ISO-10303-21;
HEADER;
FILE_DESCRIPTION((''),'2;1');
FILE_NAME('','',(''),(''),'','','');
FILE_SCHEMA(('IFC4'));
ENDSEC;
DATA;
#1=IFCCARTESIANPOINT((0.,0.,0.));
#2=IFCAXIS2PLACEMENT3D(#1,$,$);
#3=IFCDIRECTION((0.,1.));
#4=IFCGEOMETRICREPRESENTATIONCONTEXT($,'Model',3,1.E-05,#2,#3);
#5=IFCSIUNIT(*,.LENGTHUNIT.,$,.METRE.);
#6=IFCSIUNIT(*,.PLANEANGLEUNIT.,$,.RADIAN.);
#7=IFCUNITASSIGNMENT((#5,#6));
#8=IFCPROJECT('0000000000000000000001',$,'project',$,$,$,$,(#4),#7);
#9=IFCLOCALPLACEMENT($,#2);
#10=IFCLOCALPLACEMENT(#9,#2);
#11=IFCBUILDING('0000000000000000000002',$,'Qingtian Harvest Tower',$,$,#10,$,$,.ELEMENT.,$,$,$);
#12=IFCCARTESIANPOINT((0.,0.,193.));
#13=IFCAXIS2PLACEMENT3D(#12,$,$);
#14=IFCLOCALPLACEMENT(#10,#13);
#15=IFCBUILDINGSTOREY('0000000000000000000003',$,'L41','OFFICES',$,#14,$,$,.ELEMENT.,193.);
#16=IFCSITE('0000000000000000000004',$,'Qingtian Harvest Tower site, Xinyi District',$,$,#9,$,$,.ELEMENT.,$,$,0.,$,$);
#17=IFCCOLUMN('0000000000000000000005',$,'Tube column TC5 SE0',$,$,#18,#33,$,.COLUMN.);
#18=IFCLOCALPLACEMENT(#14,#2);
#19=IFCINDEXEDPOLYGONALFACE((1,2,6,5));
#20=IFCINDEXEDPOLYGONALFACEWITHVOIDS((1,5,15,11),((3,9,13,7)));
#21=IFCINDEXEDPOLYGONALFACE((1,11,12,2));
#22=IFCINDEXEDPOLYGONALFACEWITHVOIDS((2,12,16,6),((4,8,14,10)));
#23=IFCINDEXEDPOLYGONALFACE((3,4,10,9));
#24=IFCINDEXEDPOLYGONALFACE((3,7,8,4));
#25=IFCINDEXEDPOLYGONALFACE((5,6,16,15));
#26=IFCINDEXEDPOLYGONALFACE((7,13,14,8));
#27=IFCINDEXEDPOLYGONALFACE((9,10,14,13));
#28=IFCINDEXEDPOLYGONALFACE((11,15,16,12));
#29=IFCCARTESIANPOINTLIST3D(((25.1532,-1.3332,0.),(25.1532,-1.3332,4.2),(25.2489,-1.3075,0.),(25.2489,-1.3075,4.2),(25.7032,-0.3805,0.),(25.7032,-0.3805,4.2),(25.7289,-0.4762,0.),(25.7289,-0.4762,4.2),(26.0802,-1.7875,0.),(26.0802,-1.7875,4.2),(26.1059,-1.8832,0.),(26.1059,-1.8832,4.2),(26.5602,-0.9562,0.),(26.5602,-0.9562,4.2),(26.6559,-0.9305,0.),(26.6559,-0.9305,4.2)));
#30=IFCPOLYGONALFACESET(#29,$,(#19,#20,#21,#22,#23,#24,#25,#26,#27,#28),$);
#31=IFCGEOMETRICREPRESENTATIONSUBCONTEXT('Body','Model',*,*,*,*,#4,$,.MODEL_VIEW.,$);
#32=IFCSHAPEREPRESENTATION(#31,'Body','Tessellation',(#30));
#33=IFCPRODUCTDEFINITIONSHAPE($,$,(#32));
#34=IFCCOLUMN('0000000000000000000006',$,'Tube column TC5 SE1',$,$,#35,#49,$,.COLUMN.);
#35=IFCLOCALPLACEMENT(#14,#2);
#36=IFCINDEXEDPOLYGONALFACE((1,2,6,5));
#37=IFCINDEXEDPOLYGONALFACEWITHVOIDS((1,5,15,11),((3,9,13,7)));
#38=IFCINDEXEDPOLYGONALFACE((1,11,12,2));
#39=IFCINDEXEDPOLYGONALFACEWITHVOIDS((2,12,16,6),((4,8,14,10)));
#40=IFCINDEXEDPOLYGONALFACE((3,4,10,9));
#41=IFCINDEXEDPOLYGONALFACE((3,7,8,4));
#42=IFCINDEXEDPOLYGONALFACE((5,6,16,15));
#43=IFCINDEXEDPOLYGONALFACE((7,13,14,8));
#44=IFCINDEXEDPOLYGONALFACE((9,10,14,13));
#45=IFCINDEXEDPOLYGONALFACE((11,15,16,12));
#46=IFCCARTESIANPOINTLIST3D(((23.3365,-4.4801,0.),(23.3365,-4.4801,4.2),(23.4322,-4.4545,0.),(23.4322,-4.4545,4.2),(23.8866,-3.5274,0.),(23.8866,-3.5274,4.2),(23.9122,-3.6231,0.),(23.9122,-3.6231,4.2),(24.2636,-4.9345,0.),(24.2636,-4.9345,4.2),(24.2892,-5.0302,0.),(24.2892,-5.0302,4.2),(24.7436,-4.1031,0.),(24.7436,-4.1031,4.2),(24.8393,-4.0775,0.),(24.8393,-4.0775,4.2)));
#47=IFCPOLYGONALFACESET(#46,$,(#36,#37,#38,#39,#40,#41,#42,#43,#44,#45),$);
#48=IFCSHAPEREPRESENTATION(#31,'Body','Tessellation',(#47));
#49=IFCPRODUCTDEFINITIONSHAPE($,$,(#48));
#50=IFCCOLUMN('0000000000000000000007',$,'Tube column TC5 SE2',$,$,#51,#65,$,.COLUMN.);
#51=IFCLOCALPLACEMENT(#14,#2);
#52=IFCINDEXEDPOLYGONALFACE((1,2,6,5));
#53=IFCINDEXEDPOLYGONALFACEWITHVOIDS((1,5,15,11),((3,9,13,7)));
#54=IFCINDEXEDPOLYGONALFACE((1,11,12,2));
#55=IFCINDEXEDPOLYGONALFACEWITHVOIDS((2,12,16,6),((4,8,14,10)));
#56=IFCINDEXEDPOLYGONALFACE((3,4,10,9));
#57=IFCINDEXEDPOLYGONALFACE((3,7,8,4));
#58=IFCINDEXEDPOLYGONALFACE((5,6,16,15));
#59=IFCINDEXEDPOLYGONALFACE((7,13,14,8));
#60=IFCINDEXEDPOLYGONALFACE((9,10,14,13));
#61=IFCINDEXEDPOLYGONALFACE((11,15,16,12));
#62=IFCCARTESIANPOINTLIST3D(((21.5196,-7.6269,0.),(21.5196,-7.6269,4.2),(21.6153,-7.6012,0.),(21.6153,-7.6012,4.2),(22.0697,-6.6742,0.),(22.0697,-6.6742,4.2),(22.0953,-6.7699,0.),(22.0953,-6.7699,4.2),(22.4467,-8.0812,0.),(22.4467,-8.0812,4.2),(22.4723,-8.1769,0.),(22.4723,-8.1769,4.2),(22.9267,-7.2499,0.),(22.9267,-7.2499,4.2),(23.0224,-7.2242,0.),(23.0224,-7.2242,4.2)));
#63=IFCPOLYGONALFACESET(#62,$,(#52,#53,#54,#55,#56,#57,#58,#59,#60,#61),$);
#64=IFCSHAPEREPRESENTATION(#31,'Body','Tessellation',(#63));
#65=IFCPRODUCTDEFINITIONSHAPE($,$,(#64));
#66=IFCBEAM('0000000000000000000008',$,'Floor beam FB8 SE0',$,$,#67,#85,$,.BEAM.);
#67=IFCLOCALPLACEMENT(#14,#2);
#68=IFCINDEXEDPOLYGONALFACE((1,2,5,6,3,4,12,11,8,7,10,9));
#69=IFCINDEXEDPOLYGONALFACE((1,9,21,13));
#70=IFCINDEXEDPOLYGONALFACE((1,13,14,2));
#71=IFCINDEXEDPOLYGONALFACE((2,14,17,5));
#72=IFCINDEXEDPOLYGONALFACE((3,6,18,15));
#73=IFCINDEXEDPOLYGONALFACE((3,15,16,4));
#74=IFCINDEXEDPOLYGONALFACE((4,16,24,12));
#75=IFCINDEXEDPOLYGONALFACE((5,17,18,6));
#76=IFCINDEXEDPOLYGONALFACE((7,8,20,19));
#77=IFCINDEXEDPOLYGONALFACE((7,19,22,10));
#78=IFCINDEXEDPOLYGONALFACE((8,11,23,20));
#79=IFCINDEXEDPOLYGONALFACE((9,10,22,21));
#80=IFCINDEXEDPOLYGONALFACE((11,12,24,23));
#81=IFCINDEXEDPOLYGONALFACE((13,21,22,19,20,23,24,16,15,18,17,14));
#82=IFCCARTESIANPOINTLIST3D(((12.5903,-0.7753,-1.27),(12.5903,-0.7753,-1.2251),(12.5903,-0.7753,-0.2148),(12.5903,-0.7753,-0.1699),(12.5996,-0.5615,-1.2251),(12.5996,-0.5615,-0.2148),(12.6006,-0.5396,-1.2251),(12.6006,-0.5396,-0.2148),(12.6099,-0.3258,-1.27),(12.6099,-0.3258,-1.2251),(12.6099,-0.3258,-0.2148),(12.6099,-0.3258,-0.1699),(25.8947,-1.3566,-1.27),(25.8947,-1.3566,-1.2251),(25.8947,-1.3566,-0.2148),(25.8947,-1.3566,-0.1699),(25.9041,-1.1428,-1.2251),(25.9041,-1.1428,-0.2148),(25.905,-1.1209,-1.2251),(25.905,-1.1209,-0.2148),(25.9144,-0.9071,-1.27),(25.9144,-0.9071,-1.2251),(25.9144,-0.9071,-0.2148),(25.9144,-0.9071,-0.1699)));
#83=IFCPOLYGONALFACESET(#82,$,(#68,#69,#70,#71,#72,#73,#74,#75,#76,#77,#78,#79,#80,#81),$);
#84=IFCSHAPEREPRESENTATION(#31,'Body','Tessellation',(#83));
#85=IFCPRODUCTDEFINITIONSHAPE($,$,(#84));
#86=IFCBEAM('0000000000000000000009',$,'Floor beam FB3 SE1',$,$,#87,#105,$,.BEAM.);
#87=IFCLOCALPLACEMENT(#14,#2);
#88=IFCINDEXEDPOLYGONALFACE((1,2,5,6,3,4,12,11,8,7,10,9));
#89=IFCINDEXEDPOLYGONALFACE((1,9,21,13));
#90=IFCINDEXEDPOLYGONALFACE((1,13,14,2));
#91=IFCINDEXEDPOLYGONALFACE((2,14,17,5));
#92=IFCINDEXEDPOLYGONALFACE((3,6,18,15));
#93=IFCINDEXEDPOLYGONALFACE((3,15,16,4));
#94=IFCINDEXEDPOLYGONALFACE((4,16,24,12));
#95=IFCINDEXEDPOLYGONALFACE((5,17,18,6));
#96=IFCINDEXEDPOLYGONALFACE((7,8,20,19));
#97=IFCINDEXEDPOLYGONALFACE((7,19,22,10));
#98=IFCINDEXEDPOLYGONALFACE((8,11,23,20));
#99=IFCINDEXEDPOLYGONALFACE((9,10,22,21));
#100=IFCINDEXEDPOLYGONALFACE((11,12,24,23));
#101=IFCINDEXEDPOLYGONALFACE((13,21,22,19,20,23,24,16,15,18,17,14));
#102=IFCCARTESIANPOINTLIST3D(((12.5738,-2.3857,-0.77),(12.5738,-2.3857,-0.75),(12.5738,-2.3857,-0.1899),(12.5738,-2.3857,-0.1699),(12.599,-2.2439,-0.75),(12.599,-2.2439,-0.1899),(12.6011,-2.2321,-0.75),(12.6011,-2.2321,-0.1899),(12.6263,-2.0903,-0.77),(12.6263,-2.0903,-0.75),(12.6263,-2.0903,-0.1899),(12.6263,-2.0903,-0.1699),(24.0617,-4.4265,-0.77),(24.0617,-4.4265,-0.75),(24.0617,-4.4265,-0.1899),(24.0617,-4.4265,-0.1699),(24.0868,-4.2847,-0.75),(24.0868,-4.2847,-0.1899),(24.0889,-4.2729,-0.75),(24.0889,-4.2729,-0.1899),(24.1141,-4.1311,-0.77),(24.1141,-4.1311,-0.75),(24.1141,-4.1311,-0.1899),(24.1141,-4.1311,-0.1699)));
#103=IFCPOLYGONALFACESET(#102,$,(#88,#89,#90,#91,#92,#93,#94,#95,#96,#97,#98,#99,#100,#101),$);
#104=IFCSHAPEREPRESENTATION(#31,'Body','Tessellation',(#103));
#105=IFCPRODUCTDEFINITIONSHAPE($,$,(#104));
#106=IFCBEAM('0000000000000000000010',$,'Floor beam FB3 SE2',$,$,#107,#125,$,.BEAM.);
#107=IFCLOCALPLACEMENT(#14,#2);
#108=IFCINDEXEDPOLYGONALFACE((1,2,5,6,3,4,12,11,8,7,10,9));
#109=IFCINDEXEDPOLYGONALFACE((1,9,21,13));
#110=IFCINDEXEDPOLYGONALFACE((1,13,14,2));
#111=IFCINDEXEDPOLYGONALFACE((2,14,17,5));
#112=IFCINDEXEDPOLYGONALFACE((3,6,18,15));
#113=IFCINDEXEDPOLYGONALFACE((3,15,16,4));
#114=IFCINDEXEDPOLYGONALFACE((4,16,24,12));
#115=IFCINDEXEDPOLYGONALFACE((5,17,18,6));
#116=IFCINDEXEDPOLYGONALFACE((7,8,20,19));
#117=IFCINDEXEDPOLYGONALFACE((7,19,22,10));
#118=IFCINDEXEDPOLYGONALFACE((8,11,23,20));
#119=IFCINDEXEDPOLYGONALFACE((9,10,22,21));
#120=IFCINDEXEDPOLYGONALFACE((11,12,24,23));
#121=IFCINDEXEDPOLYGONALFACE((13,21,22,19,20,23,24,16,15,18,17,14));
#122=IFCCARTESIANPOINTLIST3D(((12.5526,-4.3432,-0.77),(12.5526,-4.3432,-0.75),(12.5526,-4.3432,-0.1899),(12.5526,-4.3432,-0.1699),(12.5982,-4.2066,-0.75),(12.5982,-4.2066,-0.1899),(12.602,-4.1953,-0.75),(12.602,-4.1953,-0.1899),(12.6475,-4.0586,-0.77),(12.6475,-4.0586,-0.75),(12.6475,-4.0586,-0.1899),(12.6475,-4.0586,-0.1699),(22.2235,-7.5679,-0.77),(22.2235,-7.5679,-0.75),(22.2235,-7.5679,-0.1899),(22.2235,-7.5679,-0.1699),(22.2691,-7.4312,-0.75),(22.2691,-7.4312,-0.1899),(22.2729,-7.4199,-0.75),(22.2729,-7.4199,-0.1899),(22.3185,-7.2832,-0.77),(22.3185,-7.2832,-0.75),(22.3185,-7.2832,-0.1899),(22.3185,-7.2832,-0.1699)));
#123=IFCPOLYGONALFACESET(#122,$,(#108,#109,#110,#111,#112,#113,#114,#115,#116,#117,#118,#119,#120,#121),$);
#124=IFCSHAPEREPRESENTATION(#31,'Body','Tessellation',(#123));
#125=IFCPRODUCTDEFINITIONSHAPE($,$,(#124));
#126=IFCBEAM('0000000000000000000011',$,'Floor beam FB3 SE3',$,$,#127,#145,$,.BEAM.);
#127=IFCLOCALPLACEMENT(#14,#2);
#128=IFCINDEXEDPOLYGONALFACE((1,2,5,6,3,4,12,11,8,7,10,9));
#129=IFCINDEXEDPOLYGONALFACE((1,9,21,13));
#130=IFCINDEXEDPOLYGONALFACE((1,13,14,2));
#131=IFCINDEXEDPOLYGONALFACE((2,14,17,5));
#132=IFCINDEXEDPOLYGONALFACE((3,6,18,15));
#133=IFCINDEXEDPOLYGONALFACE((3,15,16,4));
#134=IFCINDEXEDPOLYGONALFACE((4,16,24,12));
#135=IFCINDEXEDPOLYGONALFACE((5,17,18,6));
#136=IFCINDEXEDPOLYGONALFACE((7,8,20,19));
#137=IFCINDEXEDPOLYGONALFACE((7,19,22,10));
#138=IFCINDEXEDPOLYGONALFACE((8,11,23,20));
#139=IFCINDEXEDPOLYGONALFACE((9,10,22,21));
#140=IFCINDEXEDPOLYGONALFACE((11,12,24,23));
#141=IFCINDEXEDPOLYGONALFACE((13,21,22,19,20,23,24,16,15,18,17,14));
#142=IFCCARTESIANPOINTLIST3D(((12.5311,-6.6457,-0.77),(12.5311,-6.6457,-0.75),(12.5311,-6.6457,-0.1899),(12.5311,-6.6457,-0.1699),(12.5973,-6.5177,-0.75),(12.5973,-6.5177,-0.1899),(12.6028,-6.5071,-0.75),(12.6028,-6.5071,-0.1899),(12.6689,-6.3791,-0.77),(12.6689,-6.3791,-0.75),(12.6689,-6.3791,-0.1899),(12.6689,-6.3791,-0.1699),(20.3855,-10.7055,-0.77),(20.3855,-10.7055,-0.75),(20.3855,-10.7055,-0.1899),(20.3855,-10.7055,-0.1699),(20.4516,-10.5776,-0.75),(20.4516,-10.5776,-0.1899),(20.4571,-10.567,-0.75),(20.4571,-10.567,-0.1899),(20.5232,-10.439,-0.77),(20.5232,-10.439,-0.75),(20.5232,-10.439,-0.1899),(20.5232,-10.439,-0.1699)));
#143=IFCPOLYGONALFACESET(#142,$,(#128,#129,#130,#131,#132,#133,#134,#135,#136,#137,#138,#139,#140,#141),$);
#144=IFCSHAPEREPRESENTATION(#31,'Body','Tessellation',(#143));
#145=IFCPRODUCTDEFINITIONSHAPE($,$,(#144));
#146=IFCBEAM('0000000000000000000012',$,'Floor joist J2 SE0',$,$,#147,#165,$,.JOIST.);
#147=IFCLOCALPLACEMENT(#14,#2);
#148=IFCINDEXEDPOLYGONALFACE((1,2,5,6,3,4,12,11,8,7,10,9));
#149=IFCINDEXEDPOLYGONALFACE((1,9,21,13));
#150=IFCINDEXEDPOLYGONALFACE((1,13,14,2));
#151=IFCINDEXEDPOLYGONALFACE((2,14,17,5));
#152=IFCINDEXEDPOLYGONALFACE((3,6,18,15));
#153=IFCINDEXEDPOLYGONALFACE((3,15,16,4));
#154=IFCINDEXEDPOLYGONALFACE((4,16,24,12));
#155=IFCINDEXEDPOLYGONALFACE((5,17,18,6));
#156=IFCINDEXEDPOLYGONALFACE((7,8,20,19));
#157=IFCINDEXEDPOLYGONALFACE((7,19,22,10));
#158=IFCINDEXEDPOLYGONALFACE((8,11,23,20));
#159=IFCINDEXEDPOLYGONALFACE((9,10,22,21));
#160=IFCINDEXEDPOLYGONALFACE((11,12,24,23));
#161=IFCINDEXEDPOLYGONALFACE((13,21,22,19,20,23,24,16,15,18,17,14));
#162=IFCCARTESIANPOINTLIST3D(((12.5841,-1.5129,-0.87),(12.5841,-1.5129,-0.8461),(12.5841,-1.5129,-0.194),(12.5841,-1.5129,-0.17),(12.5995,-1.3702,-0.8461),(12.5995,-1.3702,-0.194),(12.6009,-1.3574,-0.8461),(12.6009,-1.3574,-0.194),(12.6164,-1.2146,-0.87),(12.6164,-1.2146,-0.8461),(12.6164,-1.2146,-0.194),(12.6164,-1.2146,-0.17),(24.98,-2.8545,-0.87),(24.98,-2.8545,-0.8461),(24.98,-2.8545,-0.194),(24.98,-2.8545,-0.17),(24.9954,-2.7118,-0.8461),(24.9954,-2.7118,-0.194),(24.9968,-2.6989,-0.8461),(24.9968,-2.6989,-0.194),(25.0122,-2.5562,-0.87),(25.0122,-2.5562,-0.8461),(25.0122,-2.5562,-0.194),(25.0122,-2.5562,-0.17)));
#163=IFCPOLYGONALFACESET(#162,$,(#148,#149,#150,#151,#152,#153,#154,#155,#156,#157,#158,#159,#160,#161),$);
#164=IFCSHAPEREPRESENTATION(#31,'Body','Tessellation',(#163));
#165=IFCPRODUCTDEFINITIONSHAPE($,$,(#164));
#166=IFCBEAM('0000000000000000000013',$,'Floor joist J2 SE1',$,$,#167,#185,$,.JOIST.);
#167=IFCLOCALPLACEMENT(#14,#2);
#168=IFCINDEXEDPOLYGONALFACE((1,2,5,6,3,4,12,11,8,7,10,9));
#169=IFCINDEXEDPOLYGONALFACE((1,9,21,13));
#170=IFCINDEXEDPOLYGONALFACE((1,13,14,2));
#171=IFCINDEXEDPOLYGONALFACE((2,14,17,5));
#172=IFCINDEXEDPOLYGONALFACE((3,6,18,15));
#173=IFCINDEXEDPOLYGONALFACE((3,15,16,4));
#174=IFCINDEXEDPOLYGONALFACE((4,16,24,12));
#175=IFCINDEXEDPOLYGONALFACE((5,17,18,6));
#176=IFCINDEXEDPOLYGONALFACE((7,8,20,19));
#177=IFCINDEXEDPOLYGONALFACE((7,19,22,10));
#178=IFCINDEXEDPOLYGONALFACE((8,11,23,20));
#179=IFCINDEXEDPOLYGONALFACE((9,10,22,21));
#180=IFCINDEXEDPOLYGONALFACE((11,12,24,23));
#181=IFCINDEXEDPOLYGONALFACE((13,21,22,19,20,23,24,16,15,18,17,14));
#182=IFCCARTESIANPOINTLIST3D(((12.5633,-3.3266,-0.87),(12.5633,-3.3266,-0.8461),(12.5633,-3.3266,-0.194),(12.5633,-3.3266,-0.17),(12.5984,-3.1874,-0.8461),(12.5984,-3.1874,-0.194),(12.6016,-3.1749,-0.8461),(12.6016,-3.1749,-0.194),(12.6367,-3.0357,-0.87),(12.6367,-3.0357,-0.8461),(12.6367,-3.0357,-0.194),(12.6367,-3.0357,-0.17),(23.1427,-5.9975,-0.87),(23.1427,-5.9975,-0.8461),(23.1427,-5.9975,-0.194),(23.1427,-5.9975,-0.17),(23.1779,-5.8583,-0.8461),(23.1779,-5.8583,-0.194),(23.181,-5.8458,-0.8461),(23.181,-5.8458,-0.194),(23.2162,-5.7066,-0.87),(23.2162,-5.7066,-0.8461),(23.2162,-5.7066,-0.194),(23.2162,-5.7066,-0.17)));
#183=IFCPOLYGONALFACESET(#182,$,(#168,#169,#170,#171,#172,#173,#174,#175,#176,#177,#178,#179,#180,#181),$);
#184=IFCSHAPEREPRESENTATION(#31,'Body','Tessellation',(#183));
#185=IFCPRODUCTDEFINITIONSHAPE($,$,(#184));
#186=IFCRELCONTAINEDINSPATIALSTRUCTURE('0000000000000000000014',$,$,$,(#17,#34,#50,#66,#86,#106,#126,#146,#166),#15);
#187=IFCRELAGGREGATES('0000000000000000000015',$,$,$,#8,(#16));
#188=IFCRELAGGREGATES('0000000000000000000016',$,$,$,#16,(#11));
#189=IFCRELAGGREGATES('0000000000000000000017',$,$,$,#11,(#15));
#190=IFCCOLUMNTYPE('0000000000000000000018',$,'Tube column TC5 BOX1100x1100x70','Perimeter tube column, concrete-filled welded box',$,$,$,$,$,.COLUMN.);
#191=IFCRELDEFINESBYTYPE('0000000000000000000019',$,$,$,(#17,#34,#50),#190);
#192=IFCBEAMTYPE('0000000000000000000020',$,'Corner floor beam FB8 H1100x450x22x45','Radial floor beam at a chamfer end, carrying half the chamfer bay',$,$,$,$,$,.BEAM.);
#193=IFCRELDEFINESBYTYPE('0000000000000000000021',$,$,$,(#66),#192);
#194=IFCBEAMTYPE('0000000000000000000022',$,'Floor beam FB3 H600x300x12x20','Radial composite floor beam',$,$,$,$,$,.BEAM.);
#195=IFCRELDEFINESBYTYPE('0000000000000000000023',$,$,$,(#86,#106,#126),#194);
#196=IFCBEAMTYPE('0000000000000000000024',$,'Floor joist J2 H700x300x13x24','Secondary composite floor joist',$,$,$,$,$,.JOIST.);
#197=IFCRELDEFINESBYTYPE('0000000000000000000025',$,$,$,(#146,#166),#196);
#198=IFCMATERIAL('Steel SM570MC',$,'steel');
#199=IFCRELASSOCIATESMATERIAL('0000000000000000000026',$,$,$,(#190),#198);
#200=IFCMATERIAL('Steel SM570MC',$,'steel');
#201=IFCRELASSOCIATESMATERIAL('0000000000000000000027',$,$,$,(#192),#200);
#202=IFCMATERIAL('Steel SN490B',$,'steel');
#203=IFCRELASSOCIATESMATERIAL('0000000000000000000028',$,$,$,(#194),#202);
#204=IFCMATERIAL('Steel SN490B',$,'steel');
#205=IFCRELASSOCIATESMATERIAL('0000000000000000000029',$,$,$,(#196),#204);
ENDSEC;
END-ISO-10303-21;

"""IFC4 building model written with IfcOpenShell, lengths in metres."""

from ifc_helpers import new_model, si_unit, direction, frame, origin, origin_2d, place, context, subcontext, project, spatial, hollow_rectangle, i_section, extrude, material, material_profile, profile_set, type_object, element, save


model = new_model("IFC4")

# Units and contexts
model_context = context("Model", 3, precision=1e-05, world=origin(), true_north=direction((0.0, 1.0)))
body_context = subcontext(model_context, "Body", "Model", "MODEL_VIEW")
ifc_project = project(units=[si_unit("LENGTHUNIT", "METRE"), si_unit("PLANEANGLEUNIT", "RADIAN")], contexts=[model_context])

# Site, building, storey
site_placement = place(None, origin())
site = spatial("IfcSite", under=ifc_project, at=site_placement, Name="Qingtian Harvest Tower site, Xinyi District", CompositionType="ELEMENT", RefElevation=0.0)
building_placement = place(site_placement, origin())
building = spatial("IfcBuilding", under=site, at=building_placement, Name="Qingtian Harvest Tower", CompositionType="ELEMENT")
storey_placement = place(building_placement, frame((0.0, 0.0, 193.0)))
storey = spatial("IfcBuildingStorey", under=building, at=storey_placement, Name="L41", Description="OFFICES", CompositionType="ELEMENT", Elevation=193.0)

# Columns
ifc_material_1 = material(Name="Steel SM570MC", Category="steel")
ifc_material_profile_1 = material_profile(ifc_material_1, hollow_rectangle(XDim=1.1001, YDim=1.1001, WallThickness=0.0701, at=origin_2d()), Name="BOX1100x1100x70")
ifc_profile_set_1 = profile_set([ifc_material_profile_1], Name="Steel SM570MC")
column_type = type_object("IfcColumnType", Name="Tube column TC5 BOX1100x1100x70", Description="Perimeter tube column, concrete-filled welded box", PredefinedType="COLUMN", material=ifc_profile_set_1)
for number, where, z_axis, x_axis, name in (
    (1, (25.9045, -1.1318, 0.0), (0.0, 0.0, 1.0), (0.5, 0.866025, 0.0), "Tube column TC5 SE0"),
    (2, (24.0879, -4.2788, 0.0), (0.0, 0.0, 1.0), (0.5, 0.866025, 0.0), "Tube column TC5 SE1"),
    (3, (22.271, -7.4255, 0.0), (0.0, 0.0, 1.0), (0.5, 0.866025, 0.0), "Tube column TC5 SE2"),
):
    element("IfcColumn", number, at=place(storey_placement, frame(where, z_axis=z_axis, x_axis=x_axis)), inside=storey, type_object=column_type, Name=name, PredefinedType="COLUMN", context=body_context, shape_type="SweptSolid", body=[
        extrude(hollow_rectangle(XDim=1.1001, YDim=1.1001, WallThickness=0.0701, at=origin_2d()), origin(), (0.0, 0.0, 1.0), 4.2),
    ])

# Beams
ifc_material_2 = material(Name="Steel SM570MC", Category="steel")
ifc_material_profile_2 = material_profile(ifc_material_2, i_section(OverallWidth=0.45, OverallDepth=1.1001, WebThickness=0.022, FlangeThickness=0.0449, at=origin_2d()), Name="H1100x450x22x45")
ifc_profile_set_2 = profile_set([ifc_material_profile_2], Name="Steel SM570MC")
beam_type_1 = type_object("IfcBeamType", Name="Corner floor beam FB8 H1100x450x22x45", Description="Radial floor beam at a chamfer end, carrying half the chamfer bay", PredefinedType="BEAM", material=ifc_profile_set_2)
beam_1_placement = place(storey_placement, frame((25.9045, -1.1318, -0.72), z_axis=(-0.999047, 0.04365, 0.0), x_axis=(-0.04365, -0.999047, 0.0)))
element("IfcBeam", 4, at=beam_1_placement, inside=storey, type_object=beam_type_1, Name="Floor beam FB8 SE0", PredefinedType="BEAM", context=body_context, shape_type="SweptSolid", body=[
    extrude(i_section(OverallWidth=0.45, OverallDepth=1.1001, WebThickness=0.022, FlangeThickness=0.0449, at=origin_2d()), origin(), (0.0, 0.0, 1.0), 13.3171),
])
ifc_material_3 = material(Name="Steel SN490B", Category="steel")
ifc_material_profile_3 = material_profile(ifc_material_3, i_section(OverallWidth=0.3, OverallDepth=0.6001, WebThickness=0.012, FlangeThickness=0.02, at=origin_2d()), Name="H600x300x12x20")
ifc_profile_set_3 = profile_set([ifc_material_profile_3], Name="Steel SN490B")
beam_type_2 = type_object("IfcBeamType", Name="Floor beam FB3 H600x300x12x20", Description="Radial composite floor beam", PredefinedType="BEAM", material=ifc_profile_set_3)
beam_2_placement = place(storey_placement, frame((24.0879, -4.2788, -0.47), z_axis=(-0.984585, 0.174908, 0.0), x_axis=(-0.174908, -0.984585, 0.0)))
element("IfcBeam", 5, at=beam_2_placement, inside=storey, type_object=beam_type_2, Name="Floor beam FB3 SE1", PredefinedType="BEAM", context=body_context, shape_type="SweptSolid", body=[
    extrude(i_section(OverallWidth=0.3, OverallDepth=0.6001, WebThickness=0.012, FlangeThickness=0.02, at=origin_2d()), origin(), (0.0, 0.0, 1.0), 11.6677),
])
beam_3_placement = place(storey_placement, frame((22.271, -7.4255, -0.47), z_axis=(-0.948655, 0.316314, 0.0), x_axis=(-0.316314, -0.948655, 0.0)))
element("IfcBeam", 6, at=beam_3_placement, inside=storey, type_object=beam_type_2, Name="Floor beam FB3 SE2", PredefinedType="BEAM", context=body_context, shape_type="SweptSolid", body=[
    extrude(i_section(OverallWidth=0.3, OverallDepth=0.6001, WebThickness=0.012, FlangeThickness=0.02, at=origin_2d()), origin(), (0.0, 0.0, 1.0), 10.1943),
])
beam_4_placement = place(storey_placement, frame((20.4543, -10.5723, -0.47), z_axis=(-0.888344, 0.45918, 0.0), x_axis=(-0.45918, -0.888344, 0.0)))
element("IfcBeam", 7, at=beam_4_placement, inside=storey, type_object=beam_type_2, Name="Floor beam FB3 SE3", PredefinedType="BEAM", context=body_context, shape_type="SweptSolid", body=[
    extrude(i_section(OverallWidth=0.3, OverallDepth=0.6001, WebThickness=0.012, FlangeThickness=0.02, at=origin_2d()), origin(), (0.0, 0.0, 1.0), 8.8416),
])
ifc_material_4 = material(Name="Steel SN490B", Category="steel")
ifc_material_profile_4 = material_profile(ifc_material_4, i_section(OverallWidth=0.3, OverallDepth=0.7, WebThickness=0.0129, FlangeThickness=0.0239, at=origin_2d()), Name="H700x300x13x24")
ifc_profile_set_4 = profile_set([ifc_material_profile_4], Name="Steel SN490B")
beam_type_3 = type_object("IfcBeamType", Name="Floor joist J2 H700x300x13x24", Description="Secondary composite floor joist", PredefinedType="JOIST", material=ifc_profile_set_4)
beam_5_placement = place(storey_placement, frame((24.9961, -2.7053, -0.52), z_axis=(-0.994195, 0.107596, 0.0), x_axis=(-0.107596, -0.994195, 0.0)))
element("IfcBeam", 8, at=beam_5_placement, inside=storey, type_object=beam_type_3, Name="Floor joist J2 SE0", PredefinedType="JOIST", context=body_context, shape_type="SweptSolid", body=[
    extrude(i_section(OverallWidth=0.3, OverallDepth=0.7, WebThickness=0.0129, FlangeThickness=0.0239, at=origin_2d()), origin(), (0.0, 0.0, 1.0), 12.4683),
])
beam_6_placement = place(storey_placement, frame((23.1794, -5.8521, -0.52), z_axis=(-0.969578, 0.244783, 0.0), x_axis=(-0.244783, -0.969578, 0.0)))
element("IfcBeam", 9, at=beam_6_placement, inside=storey, type_object=beam_type_3, Name="Floor joist J2 SE1", PredefinedType="JOIST", context=body_context, shape_type="SweptSolid", body=[
    extrude(i_section(OverallWidth=0.3, OverallDepth=0.7, WebThickness=0.0129, FlangeThickness=0.0239, at=origin_2d()), origin(), (0.0, 0.0, 1.0), 10.9114),
])

save(model, "model.ifc")
